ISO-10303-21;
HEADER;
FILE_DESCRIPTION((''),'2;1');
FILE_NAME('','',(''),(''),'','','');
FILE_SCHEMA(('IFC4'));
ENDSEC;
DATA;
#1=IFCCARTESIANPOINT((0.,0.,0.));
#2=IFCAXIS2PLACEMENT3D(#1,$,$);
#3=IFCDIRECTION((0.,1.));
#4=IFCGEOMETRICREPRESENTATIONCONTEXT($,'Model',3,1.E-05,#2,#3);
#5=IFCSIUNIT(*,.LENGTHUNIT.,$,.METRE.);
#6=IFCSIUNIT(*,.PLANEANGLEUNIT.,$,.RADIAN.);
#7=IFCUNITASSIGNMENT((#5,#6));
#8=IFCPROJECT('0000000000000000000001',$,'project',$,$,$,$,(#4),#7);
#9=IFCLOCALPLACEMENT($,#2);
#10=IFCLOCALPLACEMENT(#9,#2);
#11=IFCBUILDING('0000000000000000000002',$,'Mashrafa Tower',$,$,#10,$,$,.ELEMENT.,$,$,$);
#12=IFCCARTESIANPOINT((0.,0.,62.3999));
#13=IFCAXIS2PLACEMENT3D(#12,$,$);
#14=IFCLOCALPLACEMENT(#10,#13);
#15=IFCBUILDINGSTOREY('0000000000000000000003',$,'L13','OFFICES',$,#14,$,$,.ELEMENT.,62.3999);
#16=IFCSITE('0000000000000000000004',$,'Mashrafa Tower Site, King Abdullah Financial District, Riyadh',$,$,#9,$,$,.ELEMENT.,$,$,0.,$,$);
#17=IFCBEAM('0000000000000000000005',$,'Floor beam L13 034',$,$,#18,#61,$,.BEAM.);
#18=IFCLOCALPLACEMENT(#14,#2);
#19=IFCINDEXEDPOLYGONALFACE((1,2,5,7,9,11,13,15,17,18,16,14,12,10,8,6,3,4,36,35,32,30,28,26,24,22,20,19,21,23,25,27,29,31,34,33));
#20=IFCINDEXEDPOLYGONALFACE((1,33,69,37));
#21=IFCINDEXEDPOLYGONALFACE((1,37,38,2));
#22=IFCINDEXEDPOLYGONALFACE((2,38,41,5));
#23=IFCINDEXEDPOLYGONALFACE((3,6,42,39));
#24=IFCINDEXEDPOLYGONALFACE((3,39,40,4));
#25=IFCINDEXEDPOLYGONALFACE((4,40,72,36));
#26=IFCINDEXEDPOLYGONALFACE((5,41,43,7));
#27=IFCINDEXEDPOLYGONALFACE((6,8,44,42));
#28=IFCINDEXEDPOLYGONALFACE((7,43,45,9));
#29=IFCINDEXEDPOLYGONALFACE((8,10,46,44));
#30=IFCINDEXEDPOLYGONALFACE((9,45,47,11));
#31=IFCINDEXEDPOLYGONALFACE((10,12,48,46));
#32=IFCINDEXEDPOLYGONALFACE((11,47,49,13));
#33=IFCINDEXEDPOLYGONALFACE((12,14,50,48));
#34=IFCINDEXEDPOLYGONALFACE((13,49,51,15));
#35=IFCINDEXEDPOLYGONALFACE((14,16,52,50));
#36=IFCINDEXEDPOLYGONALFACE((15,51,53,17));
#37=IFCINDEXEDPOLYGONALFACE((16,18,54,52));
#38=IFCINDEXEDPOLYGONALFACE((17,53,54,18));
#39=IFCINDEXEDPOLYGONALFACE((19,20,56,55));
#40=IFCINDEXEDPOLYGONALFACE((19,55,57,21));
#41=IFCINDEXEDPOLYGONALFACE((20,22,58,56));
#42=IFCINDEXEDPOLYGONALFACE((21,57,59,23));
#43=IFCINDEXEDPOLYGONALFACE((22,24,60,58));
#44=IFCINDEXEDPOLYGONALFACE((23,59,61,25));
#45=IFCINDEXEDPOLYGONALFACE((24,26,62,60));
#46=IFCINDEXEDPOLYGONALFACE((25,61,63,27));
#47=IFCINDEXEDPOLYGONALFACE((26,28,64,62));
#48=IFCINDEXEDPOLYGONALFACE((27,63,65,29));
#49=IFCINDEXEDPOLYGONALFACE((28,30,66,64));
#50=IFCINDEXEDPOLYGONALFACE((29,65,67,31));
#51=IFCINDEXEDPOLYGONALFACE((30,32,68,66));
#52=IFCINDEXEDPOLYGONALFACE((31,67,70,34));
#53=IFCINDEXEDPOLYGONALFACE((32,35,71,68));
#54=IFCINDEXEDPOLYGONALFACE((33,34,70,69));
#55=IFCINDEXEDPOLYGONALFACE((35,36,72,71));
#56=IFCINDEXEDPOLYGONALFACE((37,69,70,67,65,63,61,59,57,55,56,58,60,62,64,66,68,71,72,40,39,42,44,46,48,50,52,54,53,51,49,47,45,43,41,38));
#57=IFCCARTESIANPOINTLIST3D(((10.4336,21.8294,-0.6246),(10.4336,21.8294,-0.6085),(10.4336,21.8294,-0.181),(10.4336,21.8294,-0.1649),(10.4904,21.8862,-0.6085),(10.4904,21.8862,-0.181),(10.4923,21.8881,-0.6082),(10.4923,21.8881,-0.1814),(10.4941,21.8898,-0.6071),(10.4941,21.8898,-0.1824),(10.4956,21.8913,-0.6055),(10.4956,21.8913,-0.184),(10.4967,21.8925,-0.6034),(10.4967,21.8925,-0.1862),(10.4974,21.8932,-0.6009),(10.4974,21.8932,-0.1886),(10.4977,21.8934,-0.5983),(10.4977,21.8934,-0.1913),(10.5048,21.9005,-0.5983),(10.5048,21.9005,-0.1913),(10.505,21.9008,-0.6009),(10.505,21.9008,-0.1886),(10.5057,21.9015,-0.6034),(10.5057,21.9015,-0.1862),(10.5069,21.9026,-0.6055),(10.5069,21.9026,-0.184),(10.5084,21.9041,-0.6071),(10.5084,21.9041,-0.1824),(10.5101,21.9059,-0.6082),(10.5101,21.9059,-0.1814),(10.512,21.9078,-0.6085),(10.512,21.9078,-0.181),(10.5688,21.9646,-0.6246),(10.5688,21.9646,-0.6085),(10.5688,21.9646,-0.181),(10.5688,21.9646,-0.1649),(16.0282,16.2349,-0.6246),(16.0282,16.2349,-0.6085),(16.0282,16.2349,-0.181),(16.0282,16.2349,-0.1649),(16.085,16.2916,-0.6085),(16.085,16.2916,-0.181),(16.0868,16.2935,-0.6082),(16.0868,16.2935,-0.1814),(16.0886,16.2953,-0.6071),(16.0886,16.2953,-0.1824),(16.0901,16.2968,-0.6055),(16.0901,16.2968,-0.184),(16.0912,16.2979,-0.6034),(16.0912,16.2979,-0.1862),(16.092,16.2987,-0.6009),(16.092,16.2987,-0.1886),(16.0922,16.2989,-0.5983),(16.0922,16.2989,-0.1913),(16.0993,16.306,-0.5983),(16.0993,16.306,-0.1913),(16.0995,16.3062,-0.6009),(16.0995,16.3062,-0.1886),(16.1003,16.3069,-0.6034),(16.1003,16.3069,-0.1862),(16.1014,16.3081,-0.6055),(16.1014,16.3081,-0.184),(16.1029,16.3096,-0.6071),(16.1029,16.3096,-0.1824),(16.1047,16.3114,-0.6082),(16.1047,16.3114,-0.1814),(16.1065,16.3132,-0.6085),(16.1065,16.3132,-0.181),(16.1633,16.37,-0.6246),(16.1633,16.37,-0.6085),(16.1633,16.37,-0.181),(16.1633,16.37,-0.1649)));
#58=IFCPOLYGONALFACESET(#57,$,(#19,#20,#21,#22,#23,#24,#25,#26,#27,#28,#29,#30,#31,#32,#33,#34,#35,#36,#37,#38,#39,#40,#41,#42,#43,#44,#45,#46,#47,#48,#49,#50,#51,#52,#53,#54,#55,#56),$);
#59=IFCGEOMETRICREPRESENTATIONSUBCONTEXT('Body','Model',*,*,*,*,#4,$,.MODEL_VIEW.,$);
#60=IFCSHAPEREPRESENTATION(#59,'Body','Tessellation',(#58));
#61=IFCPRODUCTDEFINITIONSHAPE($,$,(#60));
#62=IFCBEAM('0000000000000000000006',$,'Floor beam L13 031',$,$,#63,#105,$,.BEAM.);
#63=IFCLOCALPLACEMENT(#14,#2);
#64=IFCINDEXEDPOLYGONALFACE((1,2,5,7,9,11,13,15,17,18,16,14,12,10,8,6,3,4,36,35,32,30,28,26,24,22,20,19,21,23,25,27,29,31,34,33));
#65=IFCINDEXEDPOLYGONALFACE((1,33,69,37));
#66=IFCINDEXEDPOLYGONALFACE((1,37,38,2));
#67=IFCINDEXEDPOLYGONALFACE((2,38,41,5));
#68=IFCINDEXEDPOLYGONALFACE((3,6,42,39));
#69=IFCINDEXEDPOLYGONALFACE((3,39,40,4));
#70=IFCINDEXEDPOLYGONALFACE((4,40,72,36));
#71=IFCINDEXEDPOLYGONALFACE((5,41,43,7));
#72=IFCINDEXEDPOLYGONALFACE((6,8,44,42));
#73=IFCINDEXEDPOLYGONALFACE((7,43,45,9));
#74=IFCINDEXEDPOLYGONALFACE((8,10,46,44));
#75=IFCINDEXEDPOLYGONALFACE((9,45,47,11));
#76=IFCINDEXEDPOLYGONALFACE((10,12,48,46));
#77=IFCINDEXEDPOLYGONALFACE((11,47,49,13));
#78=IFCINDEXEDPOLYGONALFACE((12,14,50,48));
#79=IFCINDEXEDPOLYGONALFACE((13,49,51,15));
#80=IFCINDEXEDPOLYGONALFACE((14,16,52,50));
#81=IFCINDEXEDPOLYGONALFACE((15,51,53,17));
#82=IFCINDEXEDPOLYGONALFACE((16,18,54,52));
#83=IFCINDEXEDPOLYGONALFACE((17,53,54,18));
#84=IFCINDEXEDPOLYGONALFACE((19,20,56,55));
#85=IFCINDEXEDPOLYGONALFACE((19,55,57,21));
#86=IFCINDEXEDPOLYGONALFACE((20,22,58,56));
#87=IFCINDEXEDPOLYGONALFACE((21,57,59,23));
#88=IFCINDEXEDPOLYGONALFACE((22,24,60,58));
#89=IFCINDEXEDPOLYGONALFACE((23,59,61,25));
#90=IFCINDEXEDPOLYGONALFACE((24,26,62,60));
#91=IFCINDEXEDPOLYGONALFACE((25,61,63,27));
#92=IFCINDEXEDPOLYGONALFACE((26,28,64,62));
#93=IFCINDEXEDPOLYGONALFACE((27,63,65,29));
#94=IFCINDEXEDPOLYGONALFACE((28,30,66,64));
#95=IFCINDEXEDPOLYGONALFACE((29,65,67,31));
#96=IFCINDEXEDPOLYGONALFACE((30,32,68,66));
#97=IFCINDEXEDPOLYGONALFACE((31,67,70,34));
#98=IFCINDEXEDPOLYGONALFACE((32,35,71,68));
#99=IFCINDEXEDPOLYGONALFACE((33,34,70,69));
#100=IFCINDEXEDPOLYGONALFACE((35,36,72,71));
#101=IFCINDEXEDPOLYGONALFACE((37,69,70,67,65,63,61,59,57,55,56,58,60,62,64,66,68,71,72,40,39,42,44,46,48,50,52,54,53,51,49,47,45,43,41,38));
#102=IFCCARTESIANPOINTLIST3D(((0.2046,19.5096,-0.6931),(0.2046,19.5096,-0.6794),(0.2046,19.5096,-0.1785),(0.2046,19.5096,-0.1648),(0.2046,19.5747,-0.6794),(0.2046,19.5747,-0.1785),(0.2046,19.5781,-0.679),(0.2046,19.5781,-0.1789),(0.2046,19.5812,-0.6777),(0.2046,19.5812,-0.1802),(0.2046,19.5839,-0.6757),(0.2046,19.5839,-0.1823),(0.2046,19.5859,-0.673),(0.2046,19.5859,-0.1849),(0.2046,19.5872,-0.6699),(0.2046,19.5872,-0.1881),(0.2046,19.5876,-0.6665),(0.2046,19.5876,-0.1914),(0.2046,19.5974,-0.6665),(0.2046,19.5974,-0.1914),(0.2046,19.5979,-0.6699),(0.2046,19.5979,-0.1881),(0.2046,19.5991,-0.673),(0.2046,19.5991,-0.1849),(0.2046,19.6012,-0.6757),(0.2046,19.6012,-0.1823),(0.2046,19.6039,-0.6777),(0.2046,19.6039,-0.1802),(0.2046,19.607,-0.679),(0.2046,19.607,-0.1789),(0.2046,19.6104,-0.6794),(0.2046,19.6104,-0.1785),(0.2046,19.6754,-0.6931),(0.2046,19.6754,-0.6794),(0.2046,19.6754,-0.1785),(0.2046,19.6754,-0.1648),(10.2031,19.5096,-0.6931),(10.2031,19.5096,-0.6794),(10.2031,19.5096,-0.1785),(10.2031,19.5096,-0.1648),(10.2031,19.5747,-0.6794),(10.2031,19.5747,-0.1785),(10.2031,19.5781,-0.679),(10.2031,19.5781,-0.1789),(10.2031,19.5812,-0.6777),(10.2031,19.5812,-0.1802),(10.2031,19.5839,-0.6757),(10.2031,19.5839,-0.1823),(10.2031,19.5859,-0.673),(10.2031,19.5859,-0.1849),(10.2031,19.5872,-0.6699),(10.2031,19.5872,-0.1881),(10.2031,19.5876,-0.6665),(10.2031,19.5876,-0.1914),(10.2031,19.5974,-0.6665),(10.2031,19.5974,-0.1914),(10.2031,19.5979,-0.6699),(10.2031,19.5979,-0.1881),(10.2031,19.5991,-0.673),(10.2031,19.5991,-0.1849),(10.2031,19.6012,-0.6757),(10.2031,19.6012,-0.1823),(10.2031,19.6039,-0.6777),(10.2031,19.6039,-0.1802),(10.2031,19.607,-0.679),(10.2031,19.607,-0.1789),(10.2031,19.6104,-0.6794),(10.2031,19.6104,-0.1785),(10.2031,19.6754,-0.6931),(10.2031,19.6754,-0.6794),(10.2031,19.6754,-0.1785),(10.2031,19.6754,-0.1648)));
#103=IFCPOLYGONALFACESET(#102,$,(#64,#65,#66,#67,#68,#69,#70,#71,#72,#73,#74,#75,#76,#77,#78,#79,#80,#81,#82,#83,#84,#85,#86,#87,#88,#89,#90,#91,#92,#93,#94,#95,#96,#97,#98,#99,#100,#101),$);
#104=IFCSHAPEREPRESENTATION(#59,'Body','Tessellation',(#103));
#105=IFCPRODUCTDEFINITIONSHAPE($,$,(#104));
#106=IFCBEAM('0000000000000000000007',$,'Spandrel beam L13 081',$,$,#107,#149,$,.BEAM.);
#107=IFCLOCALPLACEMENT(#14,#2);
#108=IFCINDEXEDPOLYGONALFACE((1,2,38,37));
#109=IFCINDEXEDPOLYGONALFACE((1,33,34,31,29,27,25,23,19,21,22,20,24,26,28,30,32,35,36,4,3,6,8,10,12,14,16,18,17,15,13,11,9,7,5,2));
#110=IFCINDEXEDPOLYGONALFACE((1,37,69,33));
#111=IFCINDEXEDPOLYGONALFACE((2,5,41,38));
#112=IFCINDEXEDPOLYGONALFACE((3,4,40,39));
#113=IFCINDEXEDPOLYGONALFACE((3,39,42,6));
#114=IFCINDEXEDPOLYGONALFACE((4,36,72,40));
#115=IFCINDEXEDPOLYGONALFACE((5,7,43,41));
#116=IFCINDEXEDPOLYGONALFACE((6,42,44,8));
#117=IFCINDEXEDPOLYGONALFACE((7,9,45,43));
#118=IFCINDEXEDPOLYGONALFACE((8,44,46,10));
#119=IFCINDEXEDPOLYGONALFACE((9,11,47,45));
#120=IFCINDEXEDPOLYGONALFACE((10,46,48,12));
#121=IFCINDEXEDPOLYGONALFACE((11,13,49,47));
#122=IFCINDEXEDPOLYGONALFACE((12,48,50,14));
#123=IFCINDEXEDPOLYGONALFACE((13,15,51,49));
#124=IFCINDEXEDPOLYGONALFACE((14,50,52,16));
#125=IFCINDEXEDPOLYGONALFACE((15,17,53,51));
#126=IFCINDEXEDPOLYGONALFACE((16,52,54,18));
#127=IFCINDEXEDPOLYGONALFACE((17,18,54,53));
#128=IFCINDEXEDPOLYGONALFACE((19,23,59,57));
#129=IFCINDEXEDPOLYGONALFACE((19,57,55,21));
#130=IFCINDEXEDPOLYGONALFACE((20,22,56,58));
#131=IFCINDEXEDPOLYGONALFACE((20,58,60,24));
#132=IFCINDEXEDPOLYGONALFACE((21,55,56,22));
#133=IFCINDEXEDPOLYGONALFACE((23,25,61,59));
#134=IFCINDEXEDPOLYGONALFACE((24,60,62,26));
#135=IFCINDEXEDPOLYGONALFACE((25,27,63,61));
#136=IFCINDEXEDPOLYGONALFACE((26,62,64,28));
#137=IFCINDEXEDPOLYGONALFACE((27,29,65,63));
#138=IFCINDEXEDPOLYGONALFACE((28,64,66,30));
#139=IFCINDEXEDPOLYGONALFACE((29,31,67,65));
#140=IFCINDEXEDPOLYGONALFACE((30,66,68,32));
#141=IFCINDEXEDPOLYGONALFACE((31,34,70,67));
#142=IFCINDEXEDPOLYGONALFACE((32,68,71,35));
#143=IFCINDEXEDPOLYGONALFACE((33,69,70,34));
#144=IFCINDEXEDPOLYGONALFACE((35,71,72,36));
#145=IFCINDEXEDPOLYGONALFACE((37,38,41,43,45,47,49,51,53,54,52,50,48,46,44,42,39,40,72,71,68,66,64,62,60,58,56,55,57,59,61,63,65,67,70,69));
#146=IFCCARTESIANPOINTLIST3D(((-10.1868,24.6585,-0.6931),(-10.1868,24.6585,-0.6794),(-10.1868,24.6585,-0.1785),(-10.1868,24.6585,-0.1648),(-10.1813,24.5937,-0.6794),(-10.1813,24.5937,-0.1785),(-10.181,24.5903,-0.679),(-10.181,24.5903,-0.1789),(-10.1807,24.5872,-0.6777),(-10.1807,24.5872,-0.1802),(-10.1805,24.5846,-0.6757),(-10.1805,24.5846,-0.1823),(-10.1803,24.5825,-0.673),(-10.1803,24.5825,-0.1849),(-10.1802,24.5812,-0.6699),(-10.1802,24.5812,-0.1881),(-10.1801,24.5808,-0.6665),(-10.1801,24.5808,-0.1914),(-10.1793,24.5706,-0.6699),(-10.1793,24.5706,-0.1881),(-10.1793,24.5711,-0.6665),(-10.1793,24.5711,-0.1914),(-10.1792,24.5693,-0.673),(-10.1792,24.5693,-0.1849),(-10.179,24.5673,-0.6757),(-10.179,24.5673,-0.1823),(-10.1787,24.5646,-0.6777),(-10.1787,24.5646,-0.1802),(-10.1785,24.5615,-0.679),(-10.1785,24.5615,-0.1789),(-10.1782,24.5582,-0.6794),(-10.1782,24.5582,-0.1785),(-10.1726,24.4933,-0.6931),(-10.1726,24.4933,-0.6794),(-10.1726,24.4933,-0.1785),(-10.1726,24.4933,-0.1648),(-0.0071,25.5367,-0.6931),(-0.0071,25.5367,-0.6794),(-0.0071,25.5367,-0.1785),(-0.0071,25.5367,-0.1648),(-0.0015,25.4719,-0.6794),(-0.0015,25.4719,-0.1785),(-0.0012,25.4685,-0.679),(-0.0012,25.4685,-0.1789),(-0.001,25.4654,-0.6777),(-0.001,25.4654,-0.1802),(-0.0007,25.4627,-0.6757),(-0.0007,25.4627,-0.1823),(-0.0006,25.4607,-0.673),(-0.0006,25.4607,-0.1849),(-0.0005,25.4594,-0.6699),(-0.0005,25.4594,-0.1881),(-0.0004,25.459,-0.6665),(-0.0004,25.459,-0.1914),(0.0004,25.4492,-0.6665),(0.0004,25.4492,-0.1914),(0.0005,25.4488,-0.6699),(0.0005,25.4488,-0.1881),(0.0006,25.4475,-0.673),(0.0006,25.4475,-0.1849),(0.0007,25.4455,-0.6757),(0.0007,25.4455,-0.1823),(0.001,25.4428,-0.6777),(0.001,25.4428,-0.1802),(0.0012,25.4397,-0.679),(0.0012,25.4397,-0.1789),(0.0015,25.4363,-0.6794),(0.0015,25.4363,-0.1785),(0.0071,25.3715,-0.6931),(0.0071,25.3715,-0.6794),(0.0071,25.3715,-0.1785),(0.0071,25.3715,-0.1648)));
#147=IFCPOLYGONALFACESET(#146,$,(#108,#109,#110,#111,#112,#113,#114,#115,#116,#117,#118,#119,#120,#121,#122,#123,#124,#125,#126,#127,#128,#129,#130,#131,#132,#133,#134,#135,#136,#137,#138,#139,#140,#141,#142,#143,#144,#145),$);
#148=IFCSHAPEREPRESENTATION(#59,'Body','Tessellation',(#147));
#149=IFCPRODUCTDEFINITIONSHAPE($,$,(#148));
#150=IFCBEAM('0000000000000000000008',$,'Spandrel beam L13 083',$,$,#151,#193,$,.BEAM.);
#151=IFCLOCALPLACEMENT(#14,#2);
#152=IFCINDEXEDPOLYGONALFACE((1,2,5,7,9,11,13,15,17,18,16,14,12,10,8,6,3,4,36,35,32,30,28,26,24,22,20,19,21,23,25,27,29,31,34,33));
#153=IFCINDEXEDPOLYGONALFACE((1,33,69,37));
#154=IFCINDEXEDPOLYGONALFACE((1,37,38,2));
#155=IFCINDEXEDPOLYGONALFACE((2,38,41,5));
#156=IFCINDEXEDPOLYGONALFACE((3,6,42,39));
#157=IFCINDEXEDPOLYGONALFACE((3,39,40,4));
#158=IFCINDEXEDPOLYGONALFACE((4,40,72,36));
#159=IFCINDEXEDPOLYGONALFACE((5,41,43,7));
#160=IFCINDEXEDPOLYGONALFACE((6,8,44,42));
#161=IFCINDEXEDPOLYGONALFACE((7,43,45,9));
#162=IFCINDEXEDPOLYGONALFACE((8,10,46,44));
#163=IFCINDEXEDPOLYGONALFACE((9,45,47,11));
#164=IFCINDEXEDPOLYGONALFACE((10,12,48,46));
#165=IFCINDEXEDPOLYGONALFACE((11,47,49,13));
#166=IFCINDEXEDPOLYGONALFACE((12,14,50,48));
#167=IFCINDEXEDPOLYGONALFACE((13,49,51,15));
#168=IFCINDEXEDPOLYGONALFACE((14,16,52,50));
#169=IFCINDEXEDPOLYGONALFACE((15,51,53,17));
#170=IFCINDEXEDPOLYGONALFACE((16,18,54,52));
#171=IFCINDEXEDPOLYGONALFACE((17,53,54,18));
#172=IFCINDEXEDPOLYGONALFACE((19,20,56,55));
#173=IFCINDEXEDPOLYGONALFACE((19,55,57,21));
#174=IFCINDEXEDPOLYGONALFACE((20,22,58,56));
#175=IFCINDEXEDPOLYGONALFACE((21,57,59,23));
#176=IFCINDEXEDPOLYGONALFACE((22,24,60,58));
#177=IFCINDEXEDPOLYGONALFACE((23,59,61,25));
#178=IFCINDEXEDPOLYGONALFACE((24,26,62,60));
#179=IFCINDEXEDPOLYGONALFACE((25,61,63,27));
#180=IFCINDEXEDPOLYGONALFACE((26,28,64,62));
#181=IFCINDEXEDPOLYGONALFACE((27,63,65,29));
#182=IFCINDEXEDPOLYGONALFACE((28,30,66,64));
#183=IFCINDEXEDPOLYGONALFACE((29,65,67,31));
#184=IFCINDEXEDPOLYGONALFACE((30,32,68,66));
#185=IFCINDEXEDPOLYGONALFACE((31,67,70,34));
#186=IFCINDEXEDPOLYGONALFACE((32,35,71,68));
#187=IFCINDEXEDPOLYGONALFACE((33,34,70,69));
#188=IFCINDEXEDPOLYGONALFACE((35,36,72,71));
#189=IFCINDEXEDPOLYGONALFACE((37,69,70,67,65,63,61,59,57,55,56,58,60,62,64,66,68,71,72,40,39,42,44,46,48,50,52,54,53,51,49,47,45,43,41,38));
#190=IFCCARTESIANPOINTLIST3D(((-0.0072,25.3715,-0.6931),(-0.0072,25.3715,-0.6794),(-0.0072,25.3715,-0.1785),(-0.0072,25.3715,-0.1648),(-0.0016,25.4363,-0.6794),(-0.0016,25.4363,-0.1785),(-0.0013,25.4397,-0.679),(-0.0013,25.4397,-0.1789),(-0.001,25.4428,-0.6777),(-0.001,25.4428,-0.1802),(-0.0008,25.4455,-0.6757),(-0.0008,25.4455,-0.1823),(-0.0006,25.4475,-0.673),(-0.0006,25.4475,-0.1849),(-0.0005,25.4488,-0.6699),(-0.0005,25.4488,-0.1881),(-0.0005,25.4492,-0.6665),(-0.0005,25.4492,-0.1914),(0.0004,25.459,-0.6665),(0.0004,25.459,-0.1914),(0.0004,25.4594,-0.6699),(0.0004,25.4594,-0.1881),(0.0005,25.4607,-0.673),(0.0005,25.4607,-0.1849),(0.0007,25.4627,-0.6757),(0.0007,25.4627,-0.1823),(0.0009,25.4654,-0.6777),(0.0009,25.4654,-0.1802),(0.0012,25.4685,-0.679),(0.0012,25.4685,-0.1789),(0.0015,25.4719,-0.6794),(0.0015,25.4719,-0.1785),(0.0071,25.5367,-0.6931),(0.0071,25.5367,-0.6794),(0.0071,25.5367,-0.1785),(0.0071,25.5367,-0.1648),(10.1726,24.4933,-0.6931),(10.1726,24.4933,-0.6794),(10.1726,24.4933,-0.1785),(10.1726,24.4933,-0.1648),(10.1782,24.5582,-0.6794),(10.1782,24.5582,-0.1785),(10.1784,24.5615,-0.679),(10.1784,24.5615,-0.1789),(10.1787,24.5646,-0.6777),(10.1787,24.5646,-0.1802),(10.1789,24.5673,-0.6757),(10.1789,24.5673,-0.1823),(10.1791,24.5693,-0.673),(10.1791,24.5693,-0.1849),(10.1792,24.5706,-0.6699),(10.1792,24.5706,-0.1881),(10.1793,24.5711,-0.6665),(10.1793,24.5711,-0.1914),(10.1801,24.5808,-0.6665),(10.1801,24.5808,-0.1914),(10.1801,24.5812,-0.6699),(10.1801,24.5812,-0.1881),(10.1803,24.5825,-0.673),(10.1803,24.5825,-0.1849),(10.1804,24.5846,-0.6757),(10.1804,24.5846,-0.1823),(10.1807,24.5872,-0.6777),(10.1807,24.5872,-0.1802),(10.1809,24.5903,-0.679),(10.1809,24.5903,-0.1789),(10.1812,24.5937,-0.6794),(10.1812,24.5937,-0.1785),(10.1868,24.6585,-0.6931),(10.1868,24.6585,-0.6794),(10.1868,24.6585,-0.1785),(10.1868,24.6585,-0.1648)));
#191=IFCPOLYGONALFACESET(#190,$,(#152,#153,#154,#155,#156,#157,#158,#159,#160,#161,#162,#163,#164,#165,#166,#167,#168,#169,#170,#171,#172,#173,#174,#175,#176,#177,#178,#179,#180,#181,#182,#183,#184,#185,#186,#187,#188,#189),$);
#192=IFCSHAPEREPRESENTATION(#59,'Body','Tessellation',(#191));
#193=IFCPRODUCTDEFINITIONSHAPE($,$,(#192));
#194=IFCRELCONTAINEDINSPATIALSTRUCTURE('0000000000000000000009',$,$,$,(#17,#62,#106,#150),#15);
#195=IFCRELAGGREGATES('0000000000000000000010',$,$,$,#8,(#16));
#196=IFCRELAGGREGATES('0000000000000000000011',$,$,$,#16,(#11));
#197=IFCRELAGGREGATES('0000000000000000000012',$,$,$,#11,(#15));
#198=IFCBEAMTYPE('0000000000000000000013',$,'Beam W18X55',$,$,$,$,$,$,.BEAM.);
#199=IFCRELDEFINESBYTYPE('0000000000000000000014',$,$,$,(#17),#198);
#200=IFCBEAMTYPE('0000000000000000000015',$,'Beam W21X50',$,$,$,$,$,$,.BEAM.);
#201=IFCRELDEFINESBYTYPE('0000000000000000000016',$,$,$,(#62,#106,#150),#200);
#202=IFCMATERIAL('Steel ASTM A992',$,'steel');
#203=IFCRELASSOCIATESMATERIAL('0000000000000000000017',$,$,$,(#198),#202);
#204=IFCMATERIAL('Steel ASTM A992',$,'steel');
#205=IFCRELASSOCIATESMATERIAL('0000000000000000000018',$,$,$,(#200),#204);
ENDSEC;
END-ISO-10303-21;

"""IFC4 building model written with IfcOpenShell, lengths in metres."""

from ifc_helpers import new_model, si_unit, direction, frame, origin, origin_2d, place, context, subcontext, project, spatial, i_section, extrude, material, material_profile, profile_set, type_object, element, save


model = new_model("IFC4")

# Units and contexts
model_context = context("Model", 3, precision=1e-05, world=origin(), true_north=direction((0.0, 1.0)))
body_context = subcontext(model_context, "Body", "Model", "MODEL_VIEW")
ifc_project = project(units=[si_unit("LENGTHUNIT", "METRE"), si_unit("PLANEANGLEUNIT", "RADIAN")], contexts=[model_context])

# Site, building, storey
site_placement = place(None, origin())
site = spatial("IfcSite", under=ifc_project, at=site_placement, Name="Mashrafa Tower Site, King Abdullah Financial District, Riyadh", CompositionType="ELEMENT", RefElevation=0.0)
building_placement = place(site_placement, origin())
building = spatial("IfcBuilding", under=site, at=building_placement, Name="Mashrafa Tower", CompositionType="ELEMENT")
storey_placement = place(building_placement, frame((0.0, 0.0, 62.3999)))
storey = spatial("IfcBuildingStorey", under=building, at=storey_placement, Name="L13", Description="OFFICES", CompositionType="ELEMENT", Elevation=62.3999)

# Beams
ifc_material_1 = material(Name="Steel ASTM A992", Category="steel")
ifc_material_profile_1 = material_profile(ifc_material_1, i_section(OverallWidth=0.1912, OverallDepth=0.4597, WebThickness=0.01, FlangeThickness=0.0161, FilletRadius=0.0103, at=origin_2d()), Name="W18X55")
ifc_profile_set_1 = profile_set([ifc_material_profile_1], Name="Steel ASTM A992")
beam_type_1 = type_object("IfcBeamType", Name="Beam W18X55", PredefinedType="BEAM", material=ifc_profile_set_1)
beam_1_placement = place(storey_placement, frame((10.5012, 21.897, -0.3948), z_axis=(0.707107, -0.707107, 0.0), x_axis=(0.707107, 0.707107, 0.0)))
element("IfcBeam", 1, at=beam_1_placement, inside=storey, type_object=beam_type_1, Name="Floor beam L13 034", PredefinedType="BEAM", context=body_context, shape_type="SweptSolid", body=[
    extrude(i_section(OverallWidth=0.1912, OverallDepth=0.4597, WebThickness=0.01, FlangeThickness=0.0161, FilletRadius=0.0103, at=origin_2d()), origin(), (0.0, 0.0, 1.0), 7.9119),
])
ifc_material_2 = material(Name="Steel ASTM A992", Category="steel")
ifc_material_profile_2 = material_profile(ifc_material_2, i_section(OverallWidth=0.1658, OverallDepth=0.5283, WebThickness=0.0098, FlangeThickness=0.0137, FilletRadius=0.0129, at=origin_2d()), Name="W21X50")
ifc_profile_set_2 = profile_set([ifc_material_profile_2], Name="Steel ASTM A992")
beam_type_2 = type_object("IfcBeamType", Name="Beam W21X50", PredefinedType="BEAM", material=ifc_profile_set_2)
beam_2_placement = place(storey_placement, frame((0.2046, 19.5925, -0.429), z_axis=(1.0, 0.0, 0.0), x_axis=(0.0, 1.0, 0.0)))
element("IfcBeam", 2, at=beam_2_placement, inside=storey, type_object=beam_type_2, Name="Floor beam L13 031", PredefinedType="BEAM", context=body_context, shape_type="SweptSolid", body=[
    extrude(i_section(OverallWidth=0.1658, OverallDepth=0.5283, WebThickness=0.0098, FlangeThickness=0.0137, FilletRadius=0.0129, at=origin_2d()), origin(), (0.0, 0.0, 1.0), 9.9985),
])
for number, where, z_axis, x_axis, name in (
    (3, (0.0, 25.4541, -0.429), (-0.9963, -0.085948, 0.0), (0.085948, -0.9963, 0.0), "Spandrel beam L13 081"),
    (4, (10.1797, 24.5759, -0.429), (-0.9963, 0.085948, 0.0), (-0.085948, -0.9963, 0.0), "Spandrel beam L13 083"),
):
    element("IfcBeam", number, at=place(storey_placement, frame(where, z_axis=z_axis, x_axis=x_axis)), inside=storey, type_object=beam_type_2, Name=name, PredefinedType="BEAM", context=body_context, shape_type="SweptSolid", body=[
        extrude(i_section(OverallWidth=0.1658, OverallDepth=0.5283, WebThickness=0.0098, FlangeThickness=0.0137, FilletRadius=0.0129, at=origin_2d()), origin(), (0.0, 0.0, 1.0), 10.2175),
    ])

save(model, "model.ifc")
